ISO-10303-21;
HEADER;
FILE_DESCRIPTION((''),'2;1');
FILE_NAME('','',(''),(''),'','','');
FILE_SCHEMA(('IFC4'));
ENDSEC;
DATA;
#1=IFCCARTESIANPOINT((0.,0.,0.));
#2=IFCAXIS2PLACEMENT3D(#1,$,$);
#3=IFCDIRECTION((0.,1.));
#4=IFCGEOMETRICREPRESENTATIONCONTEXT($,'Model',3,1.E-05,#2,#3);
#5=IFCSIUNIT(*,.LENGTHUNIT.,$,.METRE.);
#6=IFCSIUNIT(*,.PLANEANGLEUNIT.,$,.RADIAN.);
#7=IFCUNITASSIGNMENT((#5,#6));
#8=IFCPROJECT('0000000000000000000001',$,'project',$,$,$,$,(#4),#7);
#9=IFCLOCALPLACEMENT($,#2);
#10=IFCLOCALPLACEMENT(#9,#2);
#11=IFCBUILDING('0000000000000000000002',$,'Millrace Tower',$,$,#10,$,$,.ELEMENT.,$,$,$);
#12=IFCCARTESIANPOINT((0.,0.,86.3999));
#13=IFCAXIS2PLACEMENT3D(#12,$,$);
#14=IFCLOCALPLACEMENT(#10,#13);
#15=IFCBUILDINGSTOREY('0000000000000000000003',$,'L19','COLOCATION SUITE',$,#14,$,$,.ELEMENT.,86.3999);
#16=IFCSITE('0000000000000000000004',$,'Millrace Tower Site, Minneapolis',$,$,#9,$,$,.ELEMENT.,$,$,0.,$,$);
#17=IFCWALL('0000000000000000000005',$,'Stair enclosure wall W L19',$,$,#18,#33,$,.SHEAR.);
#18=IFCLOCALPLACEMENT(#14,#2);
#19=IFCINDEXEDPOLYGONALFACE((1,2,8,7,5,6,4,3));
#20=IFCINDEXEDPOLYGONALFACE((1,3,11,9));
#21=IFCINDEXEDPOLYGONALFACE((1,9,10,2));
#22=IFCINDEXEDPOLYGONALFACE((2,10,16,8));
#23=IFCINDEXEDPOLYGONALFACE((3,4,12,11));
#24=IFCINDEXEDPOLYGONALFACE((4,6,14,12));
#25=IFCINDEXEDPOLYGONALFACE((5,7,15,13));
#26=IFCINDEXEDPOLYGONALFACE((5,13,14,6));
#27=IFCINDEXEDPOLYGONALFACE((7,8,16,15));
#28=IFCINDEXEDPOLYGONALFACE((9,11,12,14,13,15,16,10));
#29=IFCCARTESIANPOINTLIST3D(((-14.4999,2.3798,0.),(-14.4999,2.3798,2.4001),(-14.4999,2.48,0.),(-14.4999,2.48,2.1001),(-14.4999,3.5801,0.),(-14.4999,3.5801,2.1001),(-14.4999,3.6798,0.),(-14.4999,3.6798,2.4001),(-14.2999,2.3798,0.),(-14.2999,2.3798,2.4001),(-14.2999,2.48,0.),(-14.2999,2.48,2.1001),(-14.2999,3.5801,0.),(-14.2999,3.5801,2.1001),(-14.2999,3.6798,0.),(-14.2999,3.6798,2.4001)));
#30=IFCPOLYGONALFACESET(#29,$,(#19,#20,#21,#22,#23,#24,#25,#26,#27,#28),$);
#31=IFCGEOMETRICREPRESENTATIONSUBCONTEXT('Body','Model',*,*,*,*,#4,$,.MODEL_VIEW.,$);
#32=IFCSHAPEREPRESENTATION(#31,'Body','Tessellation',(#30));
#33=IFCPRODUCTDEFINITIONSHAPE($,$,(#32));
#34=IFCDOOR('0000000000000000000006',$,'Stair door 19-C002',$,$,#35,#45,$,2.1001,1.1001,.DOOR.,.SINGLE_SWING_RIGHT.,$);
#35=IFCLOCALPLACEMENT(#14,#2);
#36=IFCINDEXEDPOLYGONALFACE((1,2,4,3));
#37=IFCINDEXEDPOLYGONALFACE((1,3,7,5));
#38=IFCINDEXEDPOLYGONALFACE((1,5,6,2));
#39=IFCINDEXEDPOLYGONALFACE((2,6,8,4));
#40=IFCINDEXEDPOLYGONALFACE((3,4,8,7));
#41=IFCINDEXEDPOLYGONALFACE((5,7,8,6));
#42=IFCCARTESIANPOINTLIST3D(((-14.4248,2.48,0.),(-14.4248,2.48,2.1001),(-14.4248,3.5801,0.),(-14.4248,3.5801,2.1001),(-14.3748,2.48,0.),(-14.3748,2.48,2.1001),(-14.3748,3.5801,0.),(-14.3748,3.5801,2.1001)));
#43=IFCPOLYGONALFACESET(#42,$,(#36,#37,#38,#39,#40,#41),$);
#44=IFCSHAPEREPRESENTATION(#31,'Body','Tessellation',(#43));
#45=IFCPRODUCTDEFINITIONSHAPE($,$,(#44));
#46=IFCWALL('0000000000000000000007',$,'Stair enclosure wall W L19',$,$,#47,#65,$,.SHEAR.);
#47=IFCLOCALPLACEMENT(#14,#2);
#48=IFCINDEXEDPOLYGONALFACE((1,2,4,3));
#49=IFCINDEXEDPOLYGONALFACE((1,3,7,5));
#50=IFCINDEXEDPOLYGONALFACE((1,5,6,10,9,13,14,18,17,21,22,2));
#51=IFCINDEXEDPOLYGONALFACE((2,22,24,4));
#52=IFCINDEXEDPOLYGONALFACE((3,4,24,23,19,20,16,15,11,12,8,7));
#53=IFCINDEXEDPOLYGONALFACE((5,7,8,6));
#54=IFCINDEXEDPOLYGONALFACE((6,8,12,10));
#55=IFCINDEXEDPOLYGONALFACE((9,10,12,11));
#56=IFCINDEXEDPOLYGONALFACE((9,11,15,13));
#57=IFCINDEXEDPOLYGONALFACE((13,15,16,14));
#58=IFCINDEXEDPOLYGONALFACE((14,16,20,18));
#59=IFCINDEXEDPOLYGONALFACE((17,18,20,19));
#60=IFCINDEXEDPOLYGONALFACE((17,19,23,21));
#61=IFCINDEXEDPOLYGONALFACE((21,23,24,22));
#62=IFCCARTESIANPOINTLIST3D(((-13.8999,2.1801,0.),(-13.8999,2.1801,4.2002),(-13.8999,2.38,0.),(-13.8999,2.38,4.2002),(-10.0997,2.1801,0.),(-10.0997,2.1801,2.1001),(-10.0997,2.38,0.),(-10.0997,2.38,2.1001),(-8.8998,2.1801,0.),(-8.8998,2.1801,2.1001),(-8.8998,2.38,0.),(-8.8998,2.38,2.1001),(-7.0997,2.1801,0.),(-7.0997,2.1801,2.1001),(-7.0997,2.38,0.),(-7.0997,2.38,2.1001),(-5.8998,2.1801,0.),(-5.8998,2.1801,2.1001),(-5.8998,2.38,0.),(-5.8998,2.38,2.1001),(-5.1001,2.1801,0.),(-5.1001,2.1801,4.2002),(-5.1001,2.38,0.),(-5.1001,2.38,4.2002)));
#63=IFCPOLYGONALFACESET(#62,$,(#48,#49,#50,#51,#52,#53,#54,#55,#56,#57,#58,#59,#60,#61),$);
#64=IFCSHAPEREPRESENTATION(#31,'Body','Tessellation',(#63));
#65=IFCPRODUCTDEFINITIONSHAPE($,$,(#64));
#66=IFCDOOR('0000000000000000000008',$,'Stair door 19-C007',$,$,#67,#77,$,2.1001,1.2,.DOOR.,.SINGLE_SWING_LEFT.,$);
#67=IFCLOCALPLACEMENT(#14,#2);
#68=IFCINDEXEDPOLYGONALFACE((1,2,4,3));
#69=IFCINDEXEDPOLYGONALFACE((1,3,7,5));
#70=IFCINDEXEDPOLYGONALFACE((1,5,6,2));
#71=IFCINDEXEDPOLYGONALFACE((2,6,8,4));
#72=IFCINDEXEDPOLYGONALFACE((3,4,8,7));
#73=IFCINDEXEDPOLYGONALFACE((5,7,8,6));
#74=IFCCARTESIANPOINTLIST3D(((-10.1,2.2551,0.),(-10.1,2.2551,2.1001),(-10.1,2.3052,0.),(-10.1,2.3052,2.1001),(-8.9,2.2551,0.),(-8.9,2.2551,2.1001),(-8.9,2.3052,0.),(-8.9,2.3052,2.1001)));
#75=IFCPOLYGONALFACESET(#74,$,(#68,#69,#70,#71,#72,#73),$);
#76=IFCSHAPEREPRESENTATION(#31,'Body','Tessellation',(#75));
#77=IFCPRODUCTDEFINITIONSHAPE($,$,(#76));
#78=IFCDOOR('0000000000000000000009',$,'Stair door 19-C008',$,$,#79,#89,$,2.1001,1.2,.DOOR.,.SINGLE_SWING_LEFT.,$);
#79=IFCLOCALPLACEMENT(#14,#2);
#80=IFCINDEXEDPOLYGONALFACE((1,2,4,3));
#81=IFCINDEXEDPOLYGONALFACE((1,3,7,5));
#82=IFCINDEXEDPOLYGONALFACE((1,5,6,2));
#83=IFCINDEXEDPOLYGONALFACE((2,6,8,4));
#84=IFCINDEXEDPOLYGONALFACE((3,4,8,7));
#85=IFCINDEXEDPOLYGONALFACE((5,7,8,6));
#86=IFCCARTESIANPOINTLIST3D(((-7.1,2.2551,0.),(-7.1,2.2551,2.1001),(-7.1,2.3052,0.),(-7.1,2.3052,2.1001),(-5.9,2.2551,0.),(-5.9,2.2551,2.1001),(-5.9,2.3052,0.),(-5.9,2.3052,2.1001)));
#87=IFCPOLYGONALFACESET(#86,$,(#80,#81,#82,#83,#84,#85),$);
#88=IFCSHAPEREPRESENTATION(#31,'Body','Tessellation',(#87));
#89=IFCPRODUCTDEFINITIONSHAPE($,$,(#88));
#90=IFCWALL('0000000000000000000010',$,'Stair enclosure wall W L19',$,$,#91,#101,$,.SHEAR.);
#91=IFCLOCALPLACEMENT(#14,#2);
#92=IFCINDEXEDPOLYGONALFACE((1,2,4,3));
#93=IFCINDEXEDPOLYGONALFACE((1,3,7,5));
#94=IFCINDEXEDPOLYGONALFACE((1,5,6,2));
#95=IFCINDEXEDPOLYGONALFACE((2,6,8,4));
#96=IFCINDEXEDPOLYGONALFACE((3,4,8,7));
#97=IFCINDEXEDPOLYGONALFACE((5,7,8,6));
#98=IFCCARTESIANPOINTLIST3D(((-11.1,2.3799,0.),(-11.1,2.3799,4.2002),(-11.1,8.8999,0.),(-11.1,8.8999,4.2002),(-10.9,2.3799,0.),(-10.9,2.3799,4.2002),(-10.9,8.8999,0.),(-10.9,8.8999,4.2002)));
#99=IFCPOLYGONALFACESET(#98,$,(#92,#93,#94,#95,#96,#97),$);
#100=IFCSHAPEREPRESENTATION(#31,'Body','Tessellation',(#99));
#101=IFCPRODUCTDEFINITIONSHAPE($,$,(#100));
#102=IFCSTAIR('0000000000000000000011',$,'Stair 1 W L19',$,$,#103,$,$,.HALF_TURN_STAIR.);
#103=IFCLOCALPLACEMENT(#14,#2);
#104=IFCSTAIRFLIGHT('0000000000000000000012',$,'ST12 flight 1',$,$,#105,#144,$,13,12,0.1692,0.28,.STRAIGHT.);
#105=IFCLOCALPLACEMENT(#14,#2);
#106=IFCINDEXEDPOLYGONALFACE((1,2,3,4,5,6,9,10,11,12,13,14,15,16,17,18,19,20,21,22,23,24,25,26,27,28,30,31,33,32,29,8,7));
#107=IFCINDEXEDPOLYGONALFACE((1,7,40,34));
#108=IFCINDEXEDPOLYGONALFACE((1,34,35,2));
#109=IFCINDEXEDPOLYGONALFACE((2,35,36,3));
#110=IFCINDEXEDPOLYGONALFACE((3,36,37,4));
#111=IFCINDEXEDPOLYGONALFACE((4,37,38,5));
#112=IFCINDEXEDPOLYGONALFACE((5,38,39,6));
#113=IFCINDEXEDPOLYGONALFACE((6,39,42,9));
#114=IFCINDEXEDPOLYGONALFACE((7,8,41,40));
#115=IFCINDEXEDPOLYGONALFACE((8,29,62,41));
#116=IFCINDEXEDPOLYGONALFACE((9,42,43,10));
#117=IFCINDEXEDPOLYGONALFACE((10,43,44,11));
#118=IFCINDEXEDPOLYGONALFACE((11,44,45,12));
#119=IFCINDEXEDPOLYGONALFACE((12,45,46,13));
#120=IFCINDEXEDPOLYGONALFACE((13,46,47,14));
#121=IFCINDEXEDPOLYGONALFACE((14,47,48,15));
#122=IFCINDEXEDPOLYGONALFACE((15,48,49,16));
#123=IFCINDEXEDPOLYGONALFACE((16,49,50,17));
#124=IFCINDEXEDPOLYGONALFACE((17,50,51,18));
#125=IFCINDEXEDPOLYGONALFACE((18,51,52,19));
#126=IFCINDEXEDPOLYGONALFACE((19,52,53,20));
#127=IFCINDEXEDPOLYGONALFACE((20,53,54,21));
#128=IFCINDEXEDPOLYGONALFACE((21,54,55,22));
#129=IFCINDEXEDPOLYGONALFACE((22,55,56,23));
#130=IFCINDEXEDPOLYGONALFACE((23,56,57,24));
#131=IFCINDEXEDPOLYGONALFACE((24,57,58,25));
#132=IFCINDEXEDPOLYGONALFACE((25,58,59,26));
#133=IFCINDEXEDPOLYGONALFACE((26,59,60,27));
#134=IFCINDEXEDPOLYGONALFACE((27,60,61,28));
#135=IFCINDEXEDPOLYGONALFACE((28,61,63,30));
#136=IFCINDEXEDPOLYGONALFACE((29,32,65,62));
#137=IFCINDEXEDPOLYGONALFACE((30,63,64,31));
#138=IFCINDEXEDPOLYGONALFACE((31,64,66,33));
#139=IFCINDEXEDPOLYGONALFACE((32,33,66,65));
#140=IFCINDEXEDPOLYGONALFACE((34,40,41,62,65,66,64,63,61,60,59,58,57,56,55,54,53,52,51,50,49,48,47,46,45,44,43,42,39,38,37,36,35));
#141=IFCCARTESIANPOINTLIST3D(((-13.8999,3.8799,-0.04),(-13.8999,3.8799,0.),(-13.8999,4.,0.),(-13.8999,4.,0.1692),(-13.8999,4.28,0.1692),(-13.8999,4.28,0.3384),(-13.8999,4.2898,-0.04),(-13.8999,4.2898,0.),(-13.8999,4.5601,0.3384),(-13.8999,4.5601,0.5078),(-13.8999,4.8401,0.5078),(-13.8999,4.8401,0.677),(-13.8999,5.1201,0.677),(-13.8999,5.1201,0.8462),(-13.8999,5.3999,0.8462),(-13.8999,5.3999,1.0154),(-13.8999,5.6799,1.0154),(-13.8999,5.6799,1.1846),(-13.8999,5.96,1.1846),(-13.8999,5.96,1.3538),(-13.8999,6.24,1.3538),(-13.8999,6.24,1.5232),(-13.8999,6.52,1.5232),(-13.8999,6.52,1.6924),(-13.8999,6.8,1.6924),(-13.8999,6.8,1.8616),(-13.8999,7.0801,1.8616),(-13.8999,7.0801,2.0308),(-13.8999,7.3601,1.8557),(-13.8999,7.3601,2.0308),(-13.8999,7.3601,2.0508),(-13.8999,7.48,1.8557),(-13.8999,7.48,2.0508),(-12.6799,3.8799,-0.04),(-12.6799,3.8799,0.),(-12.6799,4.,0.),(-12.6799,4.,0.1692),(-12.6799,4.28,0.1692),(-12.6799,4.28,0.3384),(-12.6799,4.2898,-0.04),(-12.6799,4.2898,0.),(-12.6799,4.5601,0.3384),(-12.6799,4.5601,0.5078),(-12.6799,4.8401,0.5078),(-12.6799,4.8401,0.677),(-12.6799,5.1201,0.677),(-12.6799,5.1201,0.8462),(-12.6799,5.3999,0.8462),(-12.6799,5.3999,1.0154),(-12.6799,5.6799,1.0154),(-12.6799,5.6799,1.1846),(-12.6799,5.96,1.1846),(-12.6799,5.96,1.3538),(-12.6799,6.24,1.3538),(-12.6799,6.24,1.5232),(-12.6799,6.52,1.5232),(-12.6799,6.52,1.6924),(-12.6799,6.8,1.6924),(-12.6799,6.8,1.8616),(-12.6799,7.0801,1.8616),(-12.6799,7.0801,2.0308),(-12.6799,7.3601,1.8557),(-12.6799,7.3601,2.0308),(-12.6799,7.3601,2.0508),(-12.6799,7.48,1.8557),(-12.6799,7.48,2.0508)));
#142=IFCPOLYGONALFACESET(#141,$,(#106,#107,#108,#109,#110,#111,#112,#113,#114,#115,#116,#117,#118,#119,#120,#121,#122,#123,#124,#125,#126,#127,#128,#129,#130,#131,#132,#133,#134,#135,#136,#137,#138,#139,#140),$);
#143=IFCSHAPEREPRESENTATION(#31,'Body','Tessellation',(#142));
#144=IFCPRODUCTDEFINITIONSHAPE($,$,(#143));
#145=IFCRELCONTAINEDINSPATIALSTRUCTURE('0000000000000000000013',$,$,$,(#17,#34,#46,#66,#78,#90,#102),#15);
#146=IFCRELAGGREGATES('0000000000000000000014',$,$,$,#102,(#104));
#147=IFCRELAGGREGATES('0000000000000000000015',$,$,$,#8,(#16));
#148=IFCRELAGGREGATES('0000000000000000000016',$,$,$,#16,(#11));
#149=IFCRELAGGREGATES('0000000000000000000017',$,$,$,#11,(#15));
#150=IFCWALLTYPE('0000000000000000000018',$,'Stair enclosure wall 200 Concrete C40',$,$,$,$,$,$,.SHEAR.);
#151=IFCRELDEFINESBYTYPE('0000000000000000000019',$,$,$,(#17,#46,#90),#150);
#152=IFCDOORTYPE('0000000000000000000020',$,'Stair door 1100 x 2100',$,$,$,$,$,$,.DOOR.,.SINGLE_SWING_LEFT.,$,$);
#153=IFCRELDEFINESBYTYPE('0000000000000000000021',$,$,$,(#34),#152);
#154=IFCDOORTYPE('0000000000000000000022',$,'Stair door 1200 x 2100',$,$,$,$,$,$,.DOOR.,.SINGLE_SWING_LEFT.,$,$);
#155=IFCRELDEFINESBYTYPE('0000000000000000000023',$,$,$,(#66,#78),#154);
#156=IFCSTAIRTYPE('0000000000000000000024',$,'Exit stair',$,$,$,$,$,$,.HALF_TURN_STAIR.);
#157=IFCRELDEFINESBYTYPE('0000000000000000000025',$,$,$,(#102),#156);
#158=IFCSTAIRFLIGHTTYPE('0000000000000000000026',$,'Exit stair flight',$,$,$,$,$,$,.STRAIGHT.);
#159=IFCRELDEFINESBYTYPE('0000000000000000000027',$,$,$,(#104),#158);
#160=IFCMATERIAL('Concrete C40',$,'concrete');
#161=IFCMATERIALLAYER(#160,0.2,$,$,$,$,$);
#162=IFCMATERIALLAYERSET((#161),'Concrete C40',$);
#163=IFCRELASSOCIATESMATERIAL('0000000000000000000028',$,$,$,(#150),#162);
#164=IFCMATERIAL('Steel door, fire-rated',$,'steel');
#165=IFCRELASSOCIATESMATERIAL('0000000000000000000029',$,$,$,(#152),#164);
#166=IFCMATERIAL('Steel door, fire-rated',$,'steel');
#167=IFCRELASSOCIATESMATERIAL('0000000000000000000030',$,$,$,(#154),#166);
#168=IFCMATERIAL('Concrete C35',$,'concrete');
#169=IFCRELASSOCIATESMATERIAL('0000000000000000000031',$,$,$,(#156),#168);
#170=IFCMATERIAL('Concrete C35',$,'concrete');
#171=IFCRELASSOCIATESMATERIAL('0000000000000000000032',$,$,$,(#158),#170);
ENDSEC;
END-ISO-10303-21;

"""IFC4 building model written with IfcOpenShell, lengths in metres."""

from ifc_helpers import new_model, si_unit, direction, frame, frame_2d, origin, place, context, subcontext, project, spatial, polyline, rectangle, outline, extrude, material, layer, layer_set, type_object, element, fill, aggregate, save


model = new_model("IFC4")

# Units and contexts
model_context = context("Model", 3, precision=1e-05, world=origin(), true_north=direction((0.0, 1.0)))
body_context = subcontext(model_context, "Body", "Model", "MODEL_VIEW")
ifc_project = project(units=[si_unit("LENGTHUNIT", "METRE"), si_unit("PLANEANGLEUNIT", "RADIAN")], contexts=[model_context])

# Site, building, storey
site_placement = place(None, origin())
site = spatial("IfcSite", under=ifc_project, at=site_placement, Name="Millrace Tower Site, Minneapolis", CompositionType="ELEMENT", RefElevation=0.0)
building_placement = place(site_placement, origin())
building = spatial("IfcBuilding", under=site, at=building_placement, Name="Millrace Tower", CompositionType="ELEMENT")
storey_placement = place(building_placement, frame((0.0, 0.0, 86.3999)))
storey = spatial("IfcBuildingStorey", under=building, at=storey_placement, Name="L19", Description="COLOCATION SUITE", CompositionType="ELEMENT", Elevation=86.3999)

# Shared definitions
placement = place(storey_placement, origin())

# Wall, opening, door
ifc_material_1 = material(Name="Concrete C40", Category="concrete")
ifc_layer_1 = layer(ifc_material_1, 0.2)
ifc_layer_set_1 = layer_set([ifc_layer_1], Name="Concrete C40")
wall_type_1 = type_object("IfcWallType", Name="Stair enclosure wall 200 Concrete C40", PredefinedType="SHEAR", material=ifc_layer_set_1)
wall_1_placement = place(storey_placement, frame((-14.3999, 2.3799, 0.0), z_axis=(0.0, 0.0, 1.0), x_axis=(0.0, 1.0, 0.0)))
wall_1 = element("IfcWall", 1, at=wall_1_placement, inside=storey, type_object=wall_type_1, Name="Stair enclosure wall W L19", PredefinedType="SHEAR", context=body_context, shape_type="SweptSolid", body=[
    extrude(rectangle(XDim=1.3, YDim=0.2, at=frame_2d((0.6499, 0.0))), origin(), (0.0, 0.0, 1.0), 2.4001),
])
opening_1_placement = place(wall_1_placement, frame((0.1001, 0.0, 0.0)))
opening_1 = element("IfcOpeningElement", 2, at=opening_1_placement, cuts=wall_1, PredefinedType="OPENING", context=body_context, shape_type="SweptSolid", body=[
    extrude(rectangle(XDim=1.1001, YDim=2.1001, at=frame_2d((0.55, 1.05))), frame((0.0, 0.1099, 0.0), z_axis=(0.0, -1.0, 0.0), x_axis=(1.0, 0.0, 0.0)), (0.0, 0.0, 1.0), 0.22),
])
ifc_material_2 = material(Name="Steel door, fire-rated", Category="steel")
door_type_1 = type_object("IfcDoorType", Name="Stair door 1100 x 2100", OperationType="SINGLE_SWING_LEFT", PredefinedType="DOOR", material=ifc_material_2)
door_1_placement = place(opening_1_placement, origin())
door_1 = element("IfcDoor", 3, at=door_1_placement, inside=storey, type_object=door_type_1, Name="Stair door 19-C002", OperationType="SINGLE_SWING_RIGHT", OverallHeight=2.1001, OverallWidth=1.1001, PredefinedType="DOOR", context=body_context, shape_type="SweptSolid", body=[
    extrude(rectangle(XDim=1.1001, YDim=2.1001, at=frame_2d((0.55, 1.05))), frame((0.0, 0.0249, 0.0), z_axis=(0.0, -1.0, 0.0), x_axis=(1.0, 0.0, 0.0)), (0.0, 0.0, 1.0), 0.05),
])
fill(opening_1, door_1)

# Wall, openings, doors
wall_2_placement = place(storey_placement, frame((-13.8999, 2.28, 0.0), z_axis=(0.0, 0.0, 1.0), x_axis=(1.0, 0.0, 0.0)))
wall_2 = element("IfcWall", 4, at=wall_2_placement, inside=storey, type_object=wall_type_1, Name="Stair enclosure wall W L19", PredefinedType="SHEAR", context=body_context, shape_type="SweptSolid", body=[
    extrude(rectangle(XDim=8.7998, YDim=0.2, at=frame_2d((4.3999, 0.0))), origin(), (0.0, 0.0, 1.0), 4.2002),
])
opening_2_placement = place(wall_2_placement, frame((3.8, 0.0, 0.0)))
opening_2 = element("IfcOpeningElement", 5, at=opening_2_placement, cuts=wall_2, PredefinedType="OPENING", context=body_context, shape_type="SweptSolid", body=[
    extrude(rectangle(XDim=1.2, YDim=2.1001, at=frame_2d((0.6001, 1.05))), frame((0.0, 0.1099, 0.0), z_axis=(0.0, -1.0, 0.0), x_axis=(1.0, 0.0, 0.0)), (0.0, 0.0, 1.0), 0.22),
])
opening_3_placement = place(wall_2_placement, frame((6.8, 0.0, 0.0)))
opening_3 = element("IfcOpeningElement", 6, at=opening_3_placement, cuts=wall_2, PredefinedType="OPENING", context=body_context, shape_type="SweptSolid", body=[
    extrude(rectangle(XDim=1.2, YDim=2.1001, at=frame_2d((0.6001, 1.05))), frame((0.0, 0.1099, 0.0), z_axis=(0.0, -1.0, 0.0), x_axis=(1.0, 0.0, 0.0)), (0.0, 0.0, 1.0), 0.22),
])
ifc_material_3 = material(Name="Steel door, fire-rated", Category="steel")
door_type_2 = type_object("IfcDoorType", Name="Stair door 1200 x 2100", OperationType="SINGLE_SWING_LEFT", PredefinedType="DOOR", material=ifc_material_3)
door_2_placement = place(opening_2_placement, frame((1.2, 0.0, 0.0), z_axis=(0.0, 0.0, 1.0), x_axis=(-1.0, 0.0, 0.0)))
door_2 = element("IfcDoor", 7, at=door_2_placement, inside=storey, type_object=door_type_2, Name="Stair door 19-C007", OperationType="SINGLE_SWING_LEFT", OverallHeight=2.1001, OverallWidth=1.2, PredefinedType="DOOR", context=body_context, shape_type="SweptSolid", body=[
    extrude(rectangle(XDim=1.2, YDim=2.1001, at=frame_2d((0.6001, 1.05))), frame((0.0, 0.0249, 0.0), z_axis=(0.0, -1.0, 0.0), x_axis=(1.0, 0.0, 0.0)), (0.0, 0.0, 1.0), 0.05),
])
fill(opening_2, door_2)
door_3_placement = place(opening_3_placement, frame((1.2, 0.0, 0.0), z_axis=(0.0, 0.0, 1.0), x_axis=(-1.0, 0.0, 0.0)))
door_3 = element("IfcDoor", 8, at=door_3_placement, inside=storey, type_object=door_type_2, Name="Stair door 19-C008", OperationType="SINGLE_SWING_LEFT", OverallHeight=2.1001, OverallWidth=1.2, PredefinedType="DOOR", context=body_context, shape_type="SweptSolid", body=[
    extrude(rectangle(XDim=1.2, YDim=2.1001, at=frame_2d((0.6001, 1.05))), frame((0.0, 0.0249, 0.0), z_axis=(0.0, -1.0, 0.0), x_axis=(1.0, 0.0, 0.0)), (0.0, 0.0, 1.0), 0.05),
])
fill(opening_3, door_3)

# Wall
wall_3_placement = place(storey_placement, frame((-11.0, 2.3799, 0.0), z_axis=(0.0, 0.0, 1.0), x_axis=(0.0, 1.0, 0.0)))
element("IfcWall", 9, at=wall_3_placement, inside=storey, type_object=wall_type_1, Name="Stair enclosure wall W L19", PredefinedType="SHEAR", context=body_context, shape_type="SweptSolid", body=[
    extrude(rectangle(XDim=6.52, YDim=0.2, at=frame_2d((3.26, 0.0))), origin(), (0.0, 0.0, 1.0), 4.2002),
])

# Stair, stair flight
ifc_material_4 = material(Name="Concrete C35", Category="concrete")
stair_type = type_object("IfcStairType", Name="Exit stair", PredefinedType="HALF_TURN_STAIR", material=ifc_material_4)
stair_1 = element("IfcStair", 10, at=placement, inside=storey, type_object=stair_type, Name="Stair 1 W L19", PredefinedType="HALF_TURN_STAIR")
ifc_material_5 = material(Name="Concrete C35", Category="concrete")
stair_flight_type = type_object("IfcStairFlightType", Name="Exit stair flight", PredefinedType="STRAIGHT", material=ifc_material_5)
stair_flight_1_placement = place(storey_placement, frame((-13.29, 4.0, 0.0), z_axis=(0.0, 0.0, 1.0), x_axis=(0.0, 1.0, 0.0)))
stair_flight_1 = element("IfcStairFlight", 11, at=stair_flight_1_placement, type_object=stair_flight_type, Name="ST12 flight 1", NumberOfRisers=13, NumberOfTreads=12, PredefinedType="STRAIGHT", RiserHeight=0.1692, TreadLength=0.28, context=body_context, shape_type="SweptSolid", body=[
    extrude(outline(polyline([(-0.1201, -0.04), (-0.1201, 0.0), (0.0, 0.0), (0.0, 0.1692), (0.28, 0.1692), (0.28, 0.3384), (0.5601, 0.3384), (0.5601, 0.5078), (0.8401, 0.5078), (0.8401, 0.677), (1.1201, 0.677), (1.1201, 0.8462), (1.3999, 0.8462), (1.3999, 1.0154), (1.6799, 1.0154), (1.6799, 1.1846), (1.96, 1.1846), (1.96, 1.3538), (2.24, 1.3538), (2.24, 1.5232), (2.52, 1.5232), (2.52, 1.6924), (2.8, 1.6924), (2.8, 1.8616), (3.0801, 1.8616), (3.0801, 2.0308), (3.3601, 2.0308), (3.3601, 2.0508), (3.48, 2.0508), (3.48, 1.8557), (3.3601, 1.8557), (0.2898, 0.0), (0.2898, -0.04), (-0.1201, -0.04)])), frame((0.0, 0.6099, 0.0), z_axis=(0.0, -1.0, 0.0), x_axis=(1.0, 0.0, 0.0)), (0.0, 0.0, 1.0), 1.22),
])
aggregate(stair_1, [stair_flight_1])

save(model, "model.ifc")
